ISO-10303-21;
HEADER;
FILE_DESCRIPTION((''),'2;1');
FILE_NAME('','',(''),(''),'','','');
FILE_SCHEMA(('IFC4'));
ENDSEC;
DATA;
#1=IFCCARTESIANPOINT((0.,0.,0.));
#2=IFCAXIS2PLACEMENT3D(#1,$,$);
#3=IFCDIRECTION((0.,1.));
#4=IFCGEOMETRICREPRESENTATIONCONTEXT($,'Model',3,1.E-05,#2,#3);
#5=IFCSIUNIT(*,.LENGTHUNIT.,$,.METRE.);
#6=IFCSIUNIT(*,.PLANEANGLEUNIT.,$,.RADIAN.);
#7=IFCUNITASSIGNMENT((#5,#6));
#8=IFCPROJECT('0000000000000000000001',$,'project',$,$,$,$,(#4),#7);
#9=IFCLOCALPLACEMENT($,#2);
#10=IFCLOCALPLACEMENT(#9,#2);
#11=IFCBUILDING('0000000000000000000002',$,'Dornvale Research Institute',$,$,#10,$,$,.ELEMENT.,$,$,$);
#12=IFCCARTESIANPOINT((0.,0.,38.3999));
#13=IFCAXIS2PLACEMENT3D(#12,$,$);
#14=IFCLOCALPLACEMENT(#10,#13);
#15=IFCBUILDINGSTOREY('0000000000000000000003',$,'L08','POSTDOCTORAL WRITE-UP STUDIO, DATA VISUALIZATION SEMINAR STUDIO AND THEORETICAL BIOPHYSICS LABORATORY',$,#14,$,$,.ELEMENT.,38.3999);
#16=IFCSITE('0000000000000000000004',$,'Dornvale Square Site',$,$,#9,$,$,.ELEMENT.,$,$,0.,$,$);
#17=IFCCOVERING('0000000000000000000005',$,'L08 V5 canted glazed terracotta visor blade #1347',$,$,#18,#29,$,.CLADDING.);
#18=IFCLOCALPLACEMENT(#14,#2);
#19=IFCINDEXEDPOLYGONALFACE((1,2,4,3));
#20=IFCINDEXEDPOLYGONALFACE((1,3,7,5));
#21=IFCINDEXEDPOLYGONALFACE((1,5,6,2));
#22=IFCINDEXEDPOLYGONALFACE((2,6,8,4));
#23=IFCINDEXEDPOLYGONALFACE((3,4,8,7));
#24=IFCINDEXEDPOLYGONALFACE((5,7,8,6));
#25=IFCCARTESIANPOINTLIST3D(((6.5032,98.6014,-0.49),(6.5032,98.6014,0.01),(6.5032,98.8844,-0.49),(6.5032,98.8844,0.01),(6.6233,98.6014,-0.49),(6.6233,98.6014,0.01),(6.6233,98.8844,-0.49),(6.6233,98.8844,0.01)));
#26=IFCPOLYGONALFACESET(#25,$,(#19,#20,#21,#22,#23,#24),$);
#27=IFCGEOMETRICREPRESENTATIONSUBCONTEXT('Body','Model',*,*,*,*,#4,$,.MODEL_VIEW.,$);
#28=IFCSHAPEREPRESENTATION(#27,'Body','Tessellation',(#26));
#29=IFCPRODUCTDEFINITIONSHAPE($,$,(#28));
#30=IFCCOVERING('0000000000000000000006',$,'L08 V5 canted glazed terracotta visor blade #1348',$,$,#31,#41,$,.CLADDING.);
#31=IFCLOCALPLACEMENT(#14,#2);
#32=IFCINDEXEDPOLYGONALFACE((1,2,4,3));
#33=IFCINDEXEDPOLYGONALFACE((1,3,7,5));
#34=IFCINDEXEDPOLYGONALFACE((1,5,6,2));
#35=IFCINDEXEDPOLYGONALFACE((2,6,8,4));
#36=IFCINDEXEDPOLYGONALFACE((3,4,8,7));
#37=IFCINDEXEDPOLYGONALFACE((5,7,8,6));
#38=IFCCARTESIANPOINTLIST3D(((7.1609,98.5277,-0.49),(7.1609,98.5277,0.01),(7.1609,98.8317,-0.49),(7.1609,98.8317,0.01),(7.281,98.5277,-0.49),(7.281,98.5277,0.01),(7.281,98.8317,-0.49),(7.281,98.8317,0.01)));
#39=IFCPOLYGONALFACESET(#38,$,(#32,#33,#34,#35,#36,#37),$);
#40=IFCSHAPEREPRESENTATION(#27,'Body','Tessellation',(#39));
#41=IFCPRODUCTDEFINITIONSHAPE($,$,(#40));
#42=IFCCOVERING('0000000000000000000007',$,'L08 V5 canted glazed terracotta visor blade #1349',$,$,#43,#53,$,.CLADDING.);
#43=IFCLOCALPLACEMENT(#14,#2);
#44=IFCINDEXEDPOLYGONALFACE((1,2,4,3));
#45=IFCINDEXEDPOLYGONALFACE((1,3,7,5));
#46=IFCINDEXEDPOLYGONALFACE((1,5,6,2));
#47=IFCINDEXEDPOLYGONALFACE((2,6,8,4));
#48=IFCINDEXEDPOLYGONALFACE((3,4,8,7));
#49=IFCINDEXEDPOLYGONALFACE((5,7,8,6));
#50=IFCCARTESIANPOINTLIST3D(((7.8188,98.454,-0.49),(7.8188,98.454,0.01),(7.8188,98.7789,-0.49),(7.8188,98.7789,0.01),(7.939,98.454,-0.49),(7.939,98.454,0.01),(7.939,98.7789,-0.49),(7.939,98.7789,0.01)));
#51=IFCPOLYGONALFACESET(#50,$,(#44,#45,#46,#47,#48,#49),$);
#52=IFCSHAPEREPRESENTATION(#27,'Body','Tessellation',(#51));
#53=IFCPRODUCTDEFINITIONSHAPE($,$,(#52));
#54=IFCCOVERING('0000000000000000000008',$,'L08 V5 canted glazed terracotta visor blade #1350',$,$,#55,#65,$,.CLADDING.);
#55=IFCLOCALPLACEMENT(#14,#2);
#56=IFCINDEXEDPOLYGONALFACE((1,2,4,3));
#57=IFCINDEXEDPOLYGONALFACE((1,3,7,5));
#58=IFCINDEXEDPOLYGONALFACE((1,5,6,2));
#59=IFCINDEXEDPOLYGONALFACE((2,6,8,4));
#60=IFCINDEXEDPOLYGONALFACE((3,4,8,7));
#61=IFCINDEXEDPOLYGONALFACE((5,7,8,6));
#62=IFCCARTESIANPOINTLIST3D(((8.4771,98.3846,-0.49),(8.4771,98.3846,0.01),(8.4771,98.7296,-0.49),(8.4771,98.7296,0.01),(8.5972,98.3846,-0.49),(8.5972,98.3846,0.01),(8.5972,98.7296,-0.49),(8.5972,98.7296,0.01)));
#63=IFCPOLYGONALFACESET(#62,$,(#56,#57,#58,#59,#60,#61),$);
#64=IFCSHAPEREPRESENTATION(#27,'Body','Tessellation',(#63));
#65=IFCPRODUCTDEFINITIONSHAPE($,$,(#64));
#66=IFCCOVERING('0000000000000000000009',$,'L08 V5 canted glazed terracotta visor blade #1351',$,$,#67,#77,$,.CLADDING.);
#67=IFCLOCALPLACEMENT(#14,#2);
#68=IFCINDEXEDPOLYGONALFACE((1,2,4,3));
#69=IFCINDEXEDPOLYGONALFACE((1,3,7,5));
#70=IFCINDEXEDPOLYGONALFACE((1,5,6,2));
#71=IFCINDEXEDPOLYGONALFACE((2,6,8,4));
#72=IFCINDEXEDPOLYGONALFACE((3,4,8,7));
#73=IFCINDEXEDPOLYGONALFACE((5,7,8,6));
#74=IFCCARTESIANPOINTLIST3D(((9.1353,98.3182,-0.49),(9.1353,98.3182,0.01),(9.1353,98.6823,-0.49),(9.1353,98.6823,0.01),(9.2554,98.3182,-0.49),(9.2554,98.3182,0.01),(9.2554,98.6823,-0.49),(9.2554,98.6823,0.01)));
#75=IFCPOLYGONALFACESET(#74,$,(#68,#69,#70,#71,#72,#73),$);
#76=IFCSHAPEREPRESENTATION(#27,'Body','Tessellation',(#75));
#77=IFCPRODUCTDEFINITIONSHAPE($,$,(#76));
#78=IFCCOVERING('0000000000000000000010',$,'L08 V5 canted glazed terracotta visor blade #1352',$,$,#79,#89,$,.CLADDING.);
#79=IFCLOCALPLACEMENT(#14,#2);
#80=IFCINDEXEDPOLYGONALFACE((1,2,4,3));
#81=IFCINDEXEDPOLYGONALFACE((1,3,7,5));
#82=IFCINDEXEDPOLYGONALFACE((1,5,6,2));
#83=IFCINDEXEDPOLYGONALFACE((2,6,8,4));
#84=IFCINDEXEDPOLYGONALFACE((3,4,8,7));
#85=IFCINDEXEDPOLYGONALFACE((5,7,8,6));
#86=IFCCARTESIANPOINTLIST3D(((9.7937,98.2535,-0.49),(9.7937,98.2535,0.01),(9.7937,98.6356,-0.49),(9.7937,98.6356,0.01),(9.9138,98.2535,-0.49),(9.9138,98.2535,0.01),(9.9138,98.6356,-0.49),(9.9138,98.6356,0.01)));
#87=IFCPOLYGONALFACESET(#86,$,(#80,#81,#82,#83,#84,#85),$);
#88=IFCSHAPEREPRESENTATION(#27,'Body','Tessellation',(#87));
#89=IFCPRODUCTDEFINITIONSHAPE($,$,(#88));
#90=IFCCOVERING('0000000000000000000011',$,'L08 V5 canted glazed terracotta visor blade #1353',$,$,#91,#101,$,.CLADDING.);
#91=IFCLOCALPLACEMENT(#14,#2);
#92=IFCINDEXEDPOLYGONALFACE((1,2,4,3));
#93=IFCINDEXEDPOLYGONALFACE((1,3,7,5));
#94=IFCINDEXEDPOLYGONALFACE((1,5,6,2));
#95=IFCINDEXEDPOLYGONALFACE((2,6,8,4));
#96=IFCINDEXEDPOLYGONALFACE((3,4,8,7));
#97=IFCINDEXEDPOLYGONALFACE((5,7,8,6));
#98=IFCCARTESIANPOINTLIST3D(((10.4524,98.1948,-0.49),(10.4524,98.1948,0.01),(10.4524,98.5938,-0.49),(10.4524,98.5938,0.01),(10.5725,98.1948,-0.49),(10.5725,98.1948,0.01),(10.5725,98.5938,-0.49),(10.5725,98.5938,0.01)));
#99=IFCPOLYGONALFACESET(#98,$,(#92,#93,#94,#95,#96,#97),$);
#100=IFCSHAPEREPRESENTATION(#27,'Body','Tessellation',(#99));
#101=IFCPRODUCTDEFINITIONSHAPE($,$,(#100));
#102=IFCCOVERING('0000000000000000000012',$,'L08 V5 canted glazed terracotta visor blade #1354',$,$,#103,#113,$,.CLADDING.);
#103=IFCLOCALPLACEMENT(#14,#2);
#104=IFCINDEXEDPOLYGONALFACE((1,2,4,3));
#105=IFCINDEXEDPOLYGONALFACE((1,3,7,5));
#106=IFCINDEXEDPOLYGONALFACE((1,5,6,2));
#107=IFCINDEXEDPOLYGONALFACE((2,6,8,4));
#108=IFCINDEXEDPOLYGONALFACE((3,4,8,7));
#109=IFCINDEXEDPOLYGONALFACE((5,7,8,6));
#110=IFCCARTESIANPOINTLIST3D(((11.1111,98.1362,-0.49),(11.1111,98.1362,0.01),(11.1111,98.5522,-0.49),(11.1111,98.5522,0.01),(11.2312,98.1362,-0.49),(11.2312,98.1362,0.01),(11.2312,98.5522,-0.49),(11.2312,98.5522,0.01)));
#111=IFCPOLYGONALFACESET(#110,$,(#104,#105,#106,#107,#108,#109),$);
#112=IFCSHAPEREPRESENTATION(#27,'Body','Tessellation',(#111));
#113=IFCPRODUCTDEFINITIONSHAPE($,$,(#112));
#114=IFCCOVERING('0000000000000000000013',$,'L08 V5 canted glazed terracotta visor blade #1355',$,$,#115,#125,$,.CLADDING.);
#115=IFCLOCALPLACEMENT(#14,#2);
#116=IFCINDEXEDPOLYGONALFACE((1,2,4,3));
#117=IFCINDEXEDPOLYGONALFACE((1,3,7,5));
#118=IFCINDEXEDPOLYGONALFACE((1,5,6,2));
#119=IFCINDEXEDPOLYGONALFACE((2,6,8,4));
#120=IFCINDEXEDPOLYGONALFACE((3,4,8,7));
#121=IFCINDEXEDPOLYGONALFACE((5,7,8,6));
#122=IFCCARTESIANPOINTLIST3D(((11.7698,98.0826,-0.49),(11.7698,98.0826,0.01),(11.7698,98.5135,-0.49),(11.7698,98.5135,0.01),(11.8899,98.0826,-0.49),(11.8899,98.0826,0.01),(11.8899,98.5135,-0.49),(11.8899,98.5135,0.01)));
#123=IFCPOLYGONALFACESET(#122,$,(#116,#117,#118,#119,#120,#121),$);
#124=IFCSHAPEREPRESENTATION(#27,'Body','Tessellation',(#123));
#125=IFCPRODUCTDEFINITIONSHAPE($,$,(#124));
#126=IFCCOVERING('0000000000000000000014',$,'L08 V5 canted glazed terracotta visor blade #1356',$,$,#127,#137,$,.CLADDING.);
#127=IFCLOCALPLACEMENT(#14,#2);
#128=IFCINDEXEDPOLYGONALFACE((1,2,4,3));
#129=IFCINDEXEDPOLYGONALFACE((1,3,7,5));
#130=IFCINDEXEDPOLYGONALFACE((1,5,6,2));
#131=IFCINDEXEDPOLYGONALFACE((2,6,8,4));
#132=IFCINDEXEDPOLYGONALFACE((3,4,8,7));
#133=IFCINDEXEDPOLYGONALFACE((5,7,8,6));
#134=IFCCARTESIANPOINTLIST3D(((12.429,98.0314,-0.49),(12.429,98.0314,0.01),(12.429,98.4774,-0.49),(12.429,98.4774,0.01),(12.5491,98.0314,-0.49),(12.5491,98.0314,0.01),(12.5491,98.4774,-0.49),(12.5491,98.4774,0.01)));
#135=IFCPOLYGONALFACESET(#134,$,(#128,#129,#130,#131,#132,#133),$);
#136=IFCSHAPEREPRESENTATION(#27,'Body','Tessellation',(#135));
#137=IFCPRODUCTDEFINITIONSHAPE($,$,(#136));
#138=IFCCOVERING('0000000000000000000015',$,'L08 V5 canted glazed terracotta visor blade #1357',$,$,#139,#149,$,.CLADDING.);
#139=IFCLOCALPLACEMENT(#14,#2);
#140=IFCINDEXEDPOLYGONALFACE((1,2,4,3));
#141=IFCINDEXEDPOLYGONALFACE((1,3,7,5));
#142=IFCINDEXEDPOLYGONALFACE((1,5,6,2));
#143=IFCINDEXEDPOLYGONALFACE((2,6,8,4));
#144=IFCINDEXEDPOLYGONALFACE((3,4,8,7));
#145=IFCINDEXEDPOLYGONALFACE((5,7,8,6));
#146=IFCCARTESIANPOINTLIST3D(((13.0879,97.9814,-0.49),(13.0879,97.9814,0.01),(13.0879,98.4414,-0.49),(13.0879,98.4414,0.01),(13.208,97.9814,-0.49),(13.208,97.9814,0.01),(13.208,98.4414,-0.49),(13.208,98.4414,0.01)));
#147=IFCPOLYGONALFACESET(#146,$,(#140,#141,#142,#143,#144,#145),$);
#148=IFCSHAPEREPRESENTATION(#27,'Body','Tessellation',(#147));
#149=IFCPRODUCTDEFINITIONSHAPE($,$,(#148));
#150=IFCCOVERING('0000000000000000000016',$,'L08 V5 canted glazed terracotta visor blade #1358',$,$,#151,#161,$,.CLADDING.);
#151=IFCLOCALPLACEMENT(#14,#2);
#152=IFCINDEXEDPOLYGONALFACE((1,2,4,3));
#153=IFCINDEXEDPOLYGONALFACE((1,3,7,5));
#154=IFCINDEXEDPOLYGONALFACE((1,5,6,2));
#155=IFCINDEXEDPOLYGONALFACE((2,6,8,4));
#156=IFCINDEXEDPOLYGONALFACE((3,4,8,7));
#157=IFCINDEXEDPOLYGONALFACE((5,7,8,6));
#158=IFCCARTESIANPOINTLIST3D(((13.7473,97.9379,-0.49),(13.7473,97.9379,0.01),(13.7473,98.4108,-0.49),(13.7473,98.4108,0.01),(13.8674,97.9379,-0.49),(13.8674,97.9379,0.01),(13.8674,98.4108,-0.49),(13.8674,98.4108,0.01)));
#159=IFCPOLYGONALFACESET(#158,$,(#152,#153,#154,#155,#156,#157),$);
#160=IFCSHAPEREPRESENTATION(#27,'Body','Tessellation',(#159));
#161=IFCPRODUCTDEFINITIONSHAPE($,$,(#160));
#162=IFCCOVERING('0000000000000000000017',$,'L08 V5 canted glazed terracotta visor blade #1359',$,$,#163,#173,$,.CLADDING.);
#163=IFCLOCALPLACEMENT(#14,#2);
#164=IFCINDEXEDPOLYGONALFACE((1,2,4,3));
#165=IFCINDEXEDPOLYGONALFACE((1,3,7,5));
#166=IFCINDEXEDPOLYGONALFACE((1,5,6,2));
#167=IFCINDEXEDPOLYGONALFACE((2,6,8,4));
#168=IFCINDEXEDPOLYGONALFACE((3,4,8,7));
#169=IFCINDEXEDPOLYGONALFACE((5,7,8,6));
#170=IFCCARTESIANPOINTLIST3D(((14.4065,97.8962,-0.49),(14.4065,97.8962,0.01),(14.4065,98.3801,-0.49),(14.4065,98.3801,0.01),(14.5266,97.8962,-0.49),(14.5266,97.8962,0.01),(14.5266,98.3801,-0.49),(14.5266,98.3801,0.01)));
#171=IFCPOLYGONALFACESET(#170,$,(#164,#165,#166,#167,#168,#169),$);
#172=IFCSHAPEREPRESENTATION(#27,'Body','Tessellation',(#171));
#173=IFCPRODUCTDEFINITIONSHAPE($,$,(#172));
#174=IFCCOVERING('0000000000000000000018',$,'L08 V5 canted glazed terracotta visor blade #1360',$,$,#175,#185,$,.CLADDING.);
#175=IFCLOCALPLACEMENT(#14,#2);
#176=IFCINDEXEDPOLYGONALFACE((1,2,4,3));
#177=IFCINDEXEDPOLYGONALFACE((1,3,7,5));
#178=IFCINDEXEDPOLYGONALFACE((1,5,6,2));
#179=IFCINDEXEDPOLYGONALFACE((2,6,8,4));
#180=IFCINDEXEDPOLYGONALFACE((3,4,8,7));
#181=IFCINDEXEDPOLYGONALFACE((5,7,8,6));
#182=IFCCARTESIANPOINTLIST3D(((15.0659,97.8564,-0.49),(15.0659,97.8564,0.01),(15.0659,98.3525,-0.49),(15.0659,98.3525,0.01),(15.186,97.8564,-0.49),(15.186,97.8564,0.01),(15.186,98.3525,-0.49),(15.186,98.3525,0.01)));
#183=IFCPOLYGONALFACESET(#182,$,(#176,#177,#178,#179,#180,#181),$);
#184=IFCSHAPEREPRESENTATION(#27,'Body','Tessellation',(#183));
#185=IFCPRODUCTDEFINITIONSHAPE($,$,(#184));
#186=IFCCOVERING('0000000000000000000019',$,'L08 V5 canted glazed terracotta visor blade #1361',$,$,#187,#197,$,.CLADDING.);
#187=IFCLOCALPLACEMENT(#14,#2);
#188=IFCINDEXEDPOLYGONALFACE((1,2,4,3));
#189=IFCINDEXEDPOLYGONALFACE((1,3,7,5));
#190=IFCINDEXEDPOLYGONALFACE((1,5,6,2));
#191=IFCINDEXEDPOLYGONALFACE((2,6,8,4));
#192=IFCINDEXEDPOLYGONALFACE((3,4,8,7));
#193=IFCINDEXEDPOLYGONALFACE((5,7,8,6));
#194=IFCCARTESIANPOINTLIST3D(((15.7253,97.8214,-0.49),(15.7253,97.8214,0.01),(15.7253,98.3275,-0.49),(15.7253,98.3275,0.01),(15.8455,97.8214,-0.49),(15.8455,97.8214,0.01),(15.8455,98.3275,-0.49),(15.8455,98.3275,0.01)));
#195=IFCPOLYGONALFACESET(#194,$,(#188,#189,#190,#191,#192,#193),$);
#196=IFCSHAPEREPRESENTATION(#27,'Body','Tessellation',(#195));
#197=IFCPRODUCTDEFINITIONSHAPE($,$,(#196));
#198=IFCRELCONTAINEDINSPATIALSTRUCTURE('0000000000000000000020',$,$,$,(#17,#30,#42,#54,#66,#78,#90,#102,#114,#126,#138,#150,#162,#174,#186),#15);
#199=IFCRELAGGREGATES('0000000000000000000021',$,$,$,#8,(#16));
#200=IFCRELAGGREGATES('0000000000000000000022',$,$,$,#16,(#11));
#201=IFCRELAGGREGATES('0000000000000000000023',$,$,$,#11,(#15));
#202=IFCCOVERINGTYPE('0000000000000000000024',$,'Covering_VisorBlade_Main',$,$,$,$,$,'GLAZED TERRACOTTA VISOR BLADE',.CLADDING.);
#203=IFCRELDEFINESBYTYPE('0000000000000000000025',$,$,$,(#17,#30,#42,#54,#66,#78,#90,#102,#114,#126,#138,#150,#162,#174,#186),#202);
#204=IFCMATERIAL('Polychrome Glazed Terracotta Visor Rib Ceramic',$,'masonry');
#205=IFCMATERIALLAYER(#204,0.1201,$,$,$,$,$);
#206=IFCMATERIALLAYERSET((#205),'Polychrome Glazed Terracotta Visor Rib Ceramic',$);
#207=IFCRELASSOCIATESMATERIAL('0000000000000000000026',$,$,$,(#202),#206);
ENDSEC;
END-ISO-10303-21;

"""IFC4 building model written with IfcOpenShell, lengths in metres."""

from ifc_helpers import new_model, si_unit, direction, frame, origin, origin_2d, place, context, subcontext, project, spatial, rectangle, extrude, material, layer, layer_set, type_object, element, save


model = new_model("IFC4")

# Units and contexts
model_context = context("Model", 3, precision=1e-05, world=origin(), true_north=direction((0.0, 1.0)))
body_context = subcontext(model_context, "Body", "Model", "MODEL_VIEW")
ifc_project = project(units=[si_unit("LENGTHUNIT", "METRE"), si_unit("PLANEANGLEUNIT", "RADIAN")], contexts=[model_context])

# Site, building, storey
site_placement = place(None, origin())
site = spatial("IfcSite", under=ifc_project, at=site_placement, Name="Dornvale Square Site", CompositionType="ELEMENT", RefElevation=0.0)
building_placement = place(site_placement, origin())
building = spatial("IfcBuilding", under=site, at=building_placement, Name="Dornvale Research Institute", CompositionType="ELEMENT")
storey_placement = place(building_placement, frame((0.0, 0.0, 38.3999)))
storey = spatial("IfcBuildingStorey", under=building, at=storey_placement, Name="L08", Description="POSTDOCTORAL WRITE-UP STUDIO, DATA VISUALIZATION SEMINAR STUDIO AND THEORETICAL BIOPHYSICS LABORATORY", CompositionType="ELEMENT", Elevation=38.3999)

# Coverings
ifc_material = material(Name="Polychrome Glazed Terracotta Visor Rib Ceramic", Category="masonry")
ifc_layer = layer(ifc_material, 0.1201)
ifc_layer_set = layer_set([ifc_layer], Name="Polychrome Glazed Terracotta Visor Rib Ceramic")
covering_type = type_object("IfcCoveringType", Name="Covering_VisorBlade_Main", ElementType="GLAZED TERRACOTTA VISOR BLADE", PredefinedType="CLADDING", material=ifc_layer_set)
covering_1_placement = place(storey_placement, frame((6.5632, 98.7429, -0.49), z_axis=(0.0, 0.0, 1.0), x_axis=(0.0, 1.0, 0.0)))
element("IfcCovering", 1, at=covering_1_placement, inside=storey, type_object=covering_type, Name="L08 V5 canted glazed terracotta visor blade #1347", PredefinedType="CLADDING", context=body_context, shape_type="SweptSolid", body=[
    extrude(rectangle(XDim=0.283, YDim=0.1201, at=origin_2d()), origin(), (0.0, 0.0, 1.0), 0.5),
])
covering_2_placement = place(storey_placement, frame((7.2209, 98.6797, -0.49), z_axis=(0.0, 0.0, 1.0), x_axis=(0.0, 1.0, 0.0)))
element("IfcCovering", 2, at=covering_2_placement, inside=storey, type_object=covering_type, Name="L08 V5 canted glazed terracotta visor blade #1348", PredefinedType="CLADDING", context=body_context, shape_type="SweptSolid", body=[
    extrude(rectangle(XDim=0.304, YDim=0.1201, at=origin_2d()), origin(), (0.0, 0.0, 1.0), 0.5),
])
covering_3_placement = place(storey_placement, frame((7.8789, 98.6165, -0.49), z_axis=(0.0, 0.0, 1.0), x_axis=(0.0, 1.0, 0.0)))
element("IfcCovering", 3, at=covering_3_placement, inside=storey, type_object=covering_type, Name="L08 V5 canted glazed terracotta visor blade #1349", PredefinedType="CLADDING", context=body_context, shape_type="SweptSolid", body=[
    extrude(rectangle(XDim=0.325, YDim=0.1201, at=origin_2d()), origin(), (0.0, 0.0, 1.0), 0.5),
])
covering_4_placement = place(storey_placement, frame((8.5371, 98.5571, -0.49), z_axis=(0.0, 0.0, 1.0), x_axis=(0.0, 1.0, 0.0)))
element("IfcCovering", 4, at=covering_4_placement, inside=storey, type_object=covering_type, Name="L08 V5 canted glazed terracotta visor blade #1350", PredefinedType="CLADDING", context=body_context, shape_type="SweptSolid", body=[
    extrude(rectangle(XDim=0.345, YDim=0.1201, at=origin_2d()), origin(), (0.0, 0.0, 1.0), 0.5),
])
covering_5_placement = place(storey_placement, frame((9.1953, 98.5002, -0.49), z_axis=(0.0, 0.0, 1.0), x_axis=(0.0, 1.0, 0.0)))
element("IfcCovering", 5, at=covering_5_placement, inside=storey, type_object=covering_type, Name="L08 V5 canted glazed terracotta visor blade #1351", PredefinedType="CLADDING", context=body_context, shape_type="SweptSolid", body=[
    extrude(rectangle(XDim=0.364, YDim=0.1201, at=origin_2d()), origin(), (0.0, 0.0, 1.0), 0.5),
])
covering_6_placement = place(storey_placement, frame((9.8538, 98.4446, -0.49), z_axis=(0.0, 0.0, 1.0), x_axis=(0.0, 1.0, 0.0)))
element("IfcCovering", 6, at=covering_6_placement, inside=storey, type_object=covering_type, Name="L08 V5 canted glazed terracotta visor blade #1352", PredefinedType="CLADDING", context=body_context, shape_type="SweptSolid", body=[
    extrude(rectangle(XDim=0.3821, YDim=0.1201, at=origin_2d()), origin(), (0.0, 0.0, 1.0), 0.5),
])
covering_7_placement = place(storey_placement, frame((10.5125, 98.3943, -0.49), z_axis=(0.0, 0.0, 1.0), x_axis=(0.0, 1.0, 0.0)))
element("IfcCovering", 7, at=covering_7_placement, inside=storey, type_object=covering_type, Name="L08 V5 canted glazed terracotta visor blade #1353", PredefinedType="CLADDING", context=body_context, shape_type="SweptSolid", body=[
    extrude(rectangle(XDim=0.3989, YDim=0.1201, at=origin_2d()), origin(), (0.0, 0.0, 1.0), 0.5),
])
covering_8_placement = place(storey_placement, frame((11.1711, 98.3442, -0.49), z_axis=(0.0, 0.0, 1.0), x_axis=(0.0, 1.0, 0.0)))
element("IfcCovering", 8, at=covering_8_placement, inside=storey, type_object=covering_type, Name="L08 V5 canted glazed terracotta visor blade #1354", PredefinedType="CLADDING", context=body_context, shape_type="SweptSolid", body=[
    extrude(rectangle(XDim=0.416, YDim=0.1201, at=origin_2d()), origin(), (0.0, 0.0, 1.0), 0.5),
])
covering_9_placement = place(storey_placement, frame((11.8298, 98.2981, -0.49), z_axis=(0.0, 0.0, 1.0), x_axis=(0.0, 1.0, 0.0)))
element("IfcCovering", 9, at=covering_9_placement, inside=storey, type_object=covering_type, Name="L08 V5 canted glazed terracotta visor blade #1355", PredefinedType="CLADDING", context=body_context, shape_type="SweptSolid", body=[
    extrude(rectangle(XDim=0.4309, YDim=0.1201, at=origin_2d()), origin(), (0.0, 0.0, 1.0), 0.5),
])
covering_10_placement = place(storey_placement, frame((12.489, 98.2544, -0.49), z_axis=(0.0, 0.0, 1.0), x_axis=(0.0, 1.0, 0.0)))
element("IfcCovering", 10, at=covering_10_placement, inside=storey, type_object=covering_type, Name="L08 V5 canted glazed terracotta visor blade #1356", PredefinedType="CLADDING", context=body_context, shape_type="SweptSolid", body=[
    extrude(rectangle(XDim=0.446, YDim=0.1201, at=origin_2d()), origin(), (0.0, 0.0, 1.0), 0.5),
])
covering_11_placement = place(storey_placement, frame((13.1479, 98.2114, -0.49), z_axis=(0.0, 0.0, 1.0), x_axis=(0.0, 1.0, 0.0)))
element("IfcCovering", 11, at=covering_11_placement, inside=storey, type_object=covering_type, Name="L08 V5 canted glazed terracotta visor blade #1357", PredefinedType="CLADDING", context=body_context, shape_type="SweptSolid", body=[
    extrude(rectangle(XDim=0.46, YDim=0.1201, at=origin_2d()), origin(), (0.0, 0.0, 1.0), 0.5),
])
covering_12_placement = place(storey_placement, frame((13.8074, 98.1743, -0.49), z_axis=(0.0, 0.0, 1.0), x_axis=(0.0, 1.0, 0.0)))
element("IfcCovering", 12, at=covering_12_placement, inside=storey, type_object=covering_type, Name="L08 V5 canted glazed terracotta visor blade #1358", PredefinedType="CLADDING", context=body_context, shape_type="SweptSolid", body=[
    extrude(rectangle(XDim=0.4729, YDim=0.1201, at=origin_2d()), origin(), (0.0, 0.0, 1.0), 0.5),
])
covering_13_placement = place(storey_placement, frame((14.4666, 98.1382, -0.49), z_axis=(0.0, 0.0, 1.0), x_axis=(0.0, 1.0, 0.0)))
element("IfcCovering", 13, at=covering_13_placement, inside=storey, type_object=covering_type, Name="L08 V5 canted glazed terracotta visor blade #1359", PredefinedType="CLADDING", context=body_context, shape_type="SweptSolid", body=[
    extrude(rectangle(XDim=0.4839, YDim=0.1201, at=origin_2d()), origin(), (0.0, 0.0, 1.0), 0.5),
])
covering_14_placement = place(storey_placement, frame((15.126, 98.1045, -0.49), z_axis=(0.0, 0.0, 1.0), x_axis=(0.0, 1.0, 0.0)))
element("IfcCovering", 14, at=covering_14_placement, inside=storey, type_object=covering_type, Name="L08 V5 canted glazed terracotta visor blade #1360", PredefinedType="CLADDING", context=body_context, shape_type="SweptSolid", body=[
    extrude(rectangle(XDim=0.4961, YDim=0.1201, at=origin_2d()), origin(), (0.0, 0.0, 1.0), 0.5),
])
covering_15_placement = place(storey_placement, frame((15.7854, 98.0745, -0.49), z_axis=(0.0, 0.0, 1.0), x_axis=(0.0, 1.0, 0.0)))
element("IfcCovering", 15, at=covering_15_placement, inside=storey, type_object=covering_type, Name="L08 V5 canted glazed terracotta visor blade #1361", PredefinedType="CLADDING", context=body_context, shape_type="SweptSolid", body=[
    extrude(rectangle(XDim=0.5061, YDim=0.1201, at=origin_2d()), origin(), (0.0, 0.0, 1.0), 0.5),
])

save(model, "model.ifc")
